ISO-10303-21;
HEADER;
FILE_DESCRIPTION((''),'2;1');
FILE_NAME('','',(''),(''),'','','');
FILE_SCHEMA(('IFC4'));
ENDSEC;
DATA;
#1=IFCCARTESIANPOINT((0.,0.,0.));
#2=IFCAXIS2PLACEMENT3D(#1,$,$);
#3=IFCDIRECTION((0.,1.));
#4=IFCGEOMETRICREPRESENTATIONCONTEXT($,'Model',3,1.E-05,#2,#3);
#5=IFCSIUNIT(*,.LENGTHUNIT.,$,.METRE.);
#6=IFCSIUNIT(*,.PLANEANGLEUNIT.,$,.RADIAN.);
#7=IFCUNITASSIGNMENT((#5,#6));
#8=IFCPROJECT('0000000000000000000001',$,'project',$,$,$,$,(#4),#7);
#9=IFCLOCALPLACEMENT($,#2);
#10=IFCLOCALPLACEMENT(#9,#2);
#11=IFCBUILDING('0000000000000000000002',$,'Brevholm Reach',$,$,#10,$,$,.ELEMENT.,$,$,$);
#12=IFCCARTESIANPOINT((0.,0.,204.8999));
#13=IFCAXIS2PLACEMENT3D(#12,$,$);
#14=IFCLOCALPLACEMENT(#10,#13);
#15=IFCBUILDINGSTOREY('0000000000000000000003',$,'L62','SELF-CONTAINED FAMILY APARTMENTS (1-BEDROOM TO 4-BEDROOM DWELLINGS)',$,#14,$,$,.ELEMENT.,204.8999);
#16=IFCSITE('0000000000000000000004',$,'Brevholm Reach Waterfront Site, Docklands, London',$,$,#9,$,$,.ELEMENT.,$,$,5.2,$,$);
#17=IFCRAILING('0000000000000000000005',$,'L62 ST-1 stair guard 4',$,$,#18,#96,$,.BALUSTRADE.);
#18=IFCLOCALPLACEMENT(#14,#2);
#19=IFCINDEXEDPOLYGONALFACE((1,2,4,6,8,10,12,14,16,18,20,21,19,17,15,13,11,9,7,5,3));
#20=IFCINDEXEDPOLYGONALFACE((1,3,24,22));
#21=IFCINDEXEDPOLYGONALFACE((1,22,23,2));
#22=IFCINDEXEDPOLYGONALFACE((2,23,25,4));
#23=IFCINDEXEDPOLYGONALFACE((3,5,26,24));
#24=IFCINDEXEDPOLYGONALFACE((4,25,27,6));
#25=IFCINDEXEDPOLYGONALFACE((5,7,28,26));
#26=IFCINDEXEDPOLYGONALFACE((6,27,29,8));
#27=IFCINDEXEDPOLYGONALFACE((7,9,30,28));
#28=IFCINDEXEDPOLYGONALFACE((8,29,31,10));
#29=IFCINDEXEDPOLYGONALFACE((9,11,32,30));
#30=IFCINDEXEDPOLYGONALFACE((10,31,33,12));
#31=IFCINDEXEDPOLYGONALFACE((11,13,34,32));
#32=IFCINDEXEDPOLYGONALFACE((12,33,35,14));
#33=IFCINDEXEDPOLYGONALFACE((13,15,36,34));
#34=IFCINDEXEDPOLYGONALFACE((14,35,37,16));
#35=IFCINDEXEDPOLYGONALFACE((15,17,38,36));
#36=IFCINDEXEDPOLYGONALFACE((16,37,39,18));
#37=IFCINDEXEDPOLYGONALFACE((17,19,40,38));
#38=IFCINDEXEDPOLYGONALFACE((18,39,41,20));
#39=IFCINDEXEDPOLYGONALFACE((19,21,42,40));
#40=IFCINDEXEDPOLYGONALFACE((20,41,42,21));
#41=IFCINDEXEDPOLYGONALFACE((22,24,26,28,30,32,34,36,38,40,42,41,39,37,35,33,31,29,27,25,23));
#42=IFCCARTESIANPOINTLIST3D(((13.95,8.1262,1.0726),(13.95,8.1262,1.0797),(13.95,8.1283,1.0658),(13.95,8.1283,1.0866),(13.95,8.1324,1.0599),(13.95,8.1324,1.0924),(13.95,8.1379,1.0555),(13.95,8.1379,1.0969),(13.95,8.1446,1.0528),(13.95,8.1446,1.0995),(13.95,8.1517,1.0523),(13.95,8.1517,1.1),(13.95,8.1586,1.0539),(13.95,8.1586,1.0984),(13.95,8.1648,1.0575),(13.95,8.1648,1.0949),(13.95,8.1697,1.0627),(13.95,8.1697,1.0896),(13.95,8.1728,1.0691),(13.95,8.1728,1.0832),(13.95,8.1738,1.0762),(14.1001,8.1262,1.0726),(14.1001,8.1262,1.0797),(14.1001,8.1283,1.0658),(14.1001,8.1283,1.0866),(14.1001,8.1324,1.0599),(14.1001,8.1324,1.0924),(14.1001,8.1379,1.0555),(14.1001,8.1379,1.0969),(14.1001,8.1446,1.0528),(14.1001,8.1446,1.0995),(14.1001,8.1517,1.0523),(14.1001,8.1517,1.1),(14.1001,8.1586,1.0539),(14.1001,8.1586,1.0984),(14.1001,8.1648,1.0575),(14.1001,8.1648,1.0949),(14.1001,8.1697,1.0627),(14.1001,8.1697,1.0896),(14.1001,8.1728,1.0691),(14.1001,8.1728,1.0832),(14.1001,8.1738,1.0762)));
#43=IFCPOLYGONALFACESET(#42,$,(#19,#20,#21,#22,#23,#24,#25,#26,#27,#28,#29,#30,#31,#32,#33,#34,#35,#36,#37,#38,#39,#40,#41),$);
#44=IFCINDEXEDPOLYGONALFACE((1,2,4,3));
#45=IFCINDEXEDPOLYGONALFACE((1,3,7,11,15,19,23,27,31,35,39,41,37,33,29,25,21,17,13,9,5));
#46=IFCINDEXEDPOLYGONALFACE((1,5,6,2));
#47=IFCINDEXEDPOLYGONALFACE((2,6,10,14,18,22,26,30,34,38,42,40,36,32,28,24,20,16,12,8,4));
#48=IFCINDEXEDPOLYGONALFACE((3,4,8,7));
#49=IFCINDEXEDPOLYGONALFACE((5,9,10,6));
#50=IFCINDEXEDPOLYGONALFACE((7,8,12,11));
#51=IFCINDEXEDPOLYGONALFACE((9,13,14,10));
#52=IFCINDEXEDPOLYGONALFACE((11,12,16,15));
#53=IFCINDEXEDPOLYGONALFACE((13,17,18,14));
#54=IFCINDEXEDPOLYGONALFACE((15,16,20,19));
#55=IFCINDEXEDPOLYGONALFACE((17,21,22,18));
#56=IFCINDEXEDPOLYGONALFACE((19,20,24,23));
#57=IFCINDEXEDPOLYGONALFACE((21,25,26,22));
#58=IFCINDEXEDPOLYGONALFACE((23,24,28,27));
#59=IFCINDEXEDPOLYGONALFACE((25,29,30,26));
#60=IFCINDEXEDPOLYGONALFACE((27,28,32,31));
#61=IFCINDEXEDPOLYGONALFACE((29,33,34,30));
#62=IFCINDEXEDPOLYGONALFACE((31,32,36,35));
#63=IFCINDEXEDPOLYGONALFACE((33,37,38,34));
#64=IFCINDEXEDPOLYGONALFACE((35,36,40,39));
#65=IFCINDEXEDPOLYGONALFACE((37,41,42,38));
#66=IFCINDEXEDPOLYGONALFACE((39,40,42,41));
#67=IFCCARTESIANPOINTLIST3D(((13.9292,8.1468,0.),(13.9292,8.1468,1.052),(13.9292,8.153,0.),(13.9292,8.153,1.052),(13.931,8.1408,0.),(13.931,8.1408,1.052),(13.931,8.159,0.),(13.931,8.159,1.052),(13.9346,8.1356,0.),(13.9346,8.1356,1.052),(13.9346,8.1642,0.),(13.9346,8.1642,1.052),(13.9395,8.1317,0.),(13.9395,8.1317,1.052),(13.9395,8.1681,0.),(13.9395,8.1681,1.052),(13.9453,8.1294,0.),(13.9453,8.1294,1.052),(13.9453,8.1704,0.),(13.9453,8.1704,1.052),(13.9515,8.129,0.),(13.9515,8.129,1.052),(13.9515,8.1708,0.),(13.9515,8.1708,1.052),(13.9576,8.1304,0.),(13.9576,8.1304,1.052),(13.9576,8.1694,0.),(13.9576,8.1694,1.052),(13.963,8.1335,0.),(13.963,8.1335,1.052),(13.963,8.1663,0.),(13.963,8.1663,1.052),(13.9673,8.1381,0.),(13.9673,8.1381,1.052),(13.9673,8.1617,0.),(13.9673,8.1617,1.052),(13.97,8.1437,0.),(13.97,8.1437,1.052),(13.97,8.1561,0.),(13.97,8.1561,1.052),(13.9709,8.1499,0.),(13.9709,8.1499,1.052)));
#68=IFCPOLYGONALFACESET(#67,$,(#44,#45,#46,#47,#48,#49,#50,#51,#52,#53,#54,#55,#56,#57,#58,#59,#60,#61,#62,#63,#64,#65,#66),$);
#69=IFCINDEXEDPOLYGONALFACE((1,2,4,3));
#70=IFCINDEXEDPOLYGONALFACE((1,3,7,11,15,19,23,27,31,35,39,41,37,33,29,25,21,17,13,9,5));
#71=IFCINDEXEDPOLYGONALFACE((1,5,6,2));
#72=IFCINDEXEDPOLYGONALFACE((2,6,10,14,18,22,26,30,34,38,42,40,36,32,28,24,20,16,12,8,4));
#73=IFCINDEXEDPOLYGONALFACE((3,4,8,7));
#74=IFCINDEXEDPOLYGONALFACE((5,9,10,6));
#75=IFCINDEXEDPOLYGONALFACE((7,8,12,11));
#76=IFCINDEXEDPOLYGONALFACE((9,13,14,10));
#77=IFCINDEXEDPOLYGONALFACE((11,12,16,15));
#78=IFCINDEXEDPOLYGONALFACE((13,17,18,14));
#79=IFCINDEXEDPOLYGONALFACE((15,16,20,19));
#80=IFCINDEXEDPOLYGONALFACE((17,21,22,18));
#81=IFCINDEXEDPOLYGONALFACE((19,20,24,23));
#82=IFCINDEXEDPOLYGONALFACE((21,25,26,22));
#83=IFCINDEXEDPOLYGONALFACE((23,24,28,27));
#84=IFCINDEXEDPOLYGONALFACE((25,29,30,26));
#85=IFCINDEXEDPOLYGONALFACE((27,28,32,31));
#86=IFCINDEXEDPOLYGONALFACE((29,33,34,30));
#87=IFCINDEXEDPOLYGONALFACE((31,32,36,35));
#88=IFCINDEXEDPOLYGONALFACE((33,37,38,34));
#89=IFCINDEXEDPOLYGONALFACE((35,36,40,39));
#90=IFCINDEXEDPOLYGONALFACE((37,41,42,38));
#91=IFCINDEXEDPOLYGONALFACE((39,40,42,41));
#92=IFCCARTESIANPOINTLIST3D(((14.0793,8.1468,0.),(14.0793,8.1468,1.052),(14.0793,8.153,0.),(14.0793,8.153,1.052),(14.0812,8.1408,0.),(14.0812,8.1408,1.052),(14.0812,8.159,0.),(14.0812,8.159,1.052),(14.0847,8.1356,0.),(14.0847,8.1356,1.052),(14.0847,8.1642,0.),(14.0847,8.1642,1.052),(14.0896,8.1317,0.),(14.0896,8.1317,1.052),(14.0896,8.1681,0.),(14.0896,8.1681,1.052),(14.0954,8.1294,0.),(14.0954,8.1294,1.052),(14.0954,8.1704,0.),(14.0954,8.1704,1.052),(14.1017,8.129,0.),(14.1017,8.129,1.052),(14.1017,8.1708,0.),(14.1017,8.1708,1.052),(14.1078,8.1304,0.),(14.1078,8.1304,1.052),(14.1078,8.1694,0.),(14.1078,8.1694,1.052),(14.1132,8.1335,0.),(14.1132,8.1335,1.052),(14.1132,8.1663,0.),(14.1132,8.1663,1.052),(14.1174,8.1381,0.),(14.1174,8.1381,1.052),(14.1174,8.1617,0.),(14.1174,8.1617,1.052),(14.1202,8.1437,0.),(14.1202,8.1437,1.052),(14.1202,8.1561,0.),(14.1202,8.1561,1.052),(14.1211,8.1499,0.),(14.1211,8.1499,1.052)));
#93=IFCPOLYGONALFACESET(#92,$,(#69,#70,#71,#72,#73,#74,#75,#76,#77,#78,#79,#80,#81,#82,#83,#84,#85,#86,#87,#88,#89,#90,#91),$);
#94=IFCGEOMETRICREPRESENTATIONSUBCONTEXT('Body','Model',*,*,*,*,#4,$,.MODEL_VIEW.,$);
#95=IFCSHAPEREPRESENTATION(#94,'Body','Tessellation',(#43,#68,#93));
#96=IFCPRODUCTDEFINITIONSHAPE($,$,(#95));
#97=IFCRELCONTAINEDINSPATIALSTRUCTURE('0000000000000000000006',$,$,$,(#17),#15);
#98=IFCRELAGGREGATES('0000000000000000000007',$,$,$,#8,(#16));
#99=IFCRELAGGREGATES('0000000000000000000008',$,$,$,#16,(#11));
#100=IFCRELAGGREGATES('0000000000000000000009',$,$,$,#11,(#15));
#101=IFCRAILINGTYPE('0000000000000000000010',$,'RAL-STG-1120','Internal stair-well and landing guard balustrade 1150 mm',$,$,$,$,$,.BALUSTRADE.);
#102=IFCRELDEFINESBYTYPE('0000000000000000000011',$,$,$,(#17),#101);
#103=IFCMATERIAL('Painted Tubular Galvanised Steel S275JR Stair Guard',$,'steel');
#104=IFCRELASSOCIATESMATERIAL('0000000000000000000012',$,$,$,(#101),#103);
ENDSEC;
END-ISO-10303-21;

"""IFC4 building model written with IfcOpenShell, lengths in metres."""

from ifc_helpers import new_model, si_unit, direction, frame, origin, origin_2d, place, context, subcontext, project, spatial, circle, extrude, material, type_object, element, save


model = new_model("IFC4")

# Units and contexts
model_context = context("Model", 3, precision=1e-05, world=origin(), true_north=direction((0.0, 1.0)))
body_context = subcontext(model_context, "Body", "Model", "MODEL_VIEW")
ifc_project = project(units=[si_unit("LENGTHUNIT", "METRE"), si_unit("PLANEANGLEUNIT", "RADIAN")], contexts=[model_context])

# Site, building, storey
site_placement = place(None, origin())
site = spatial("IfcSite", under=ifc_project, at=site_placement, Name="Brevholm Reach Waterfront Site, Docklands, London", CompositionType="ELEMENT", RefElevation=5.2)
building_placement = place(site_placement, origin())
building = spatial("IfcBuilding", under=site, at=building_placement, Name="Brevholm Reach", CompositionType="ELEMENT")
storey_placement = place(building_placement, frame((0.0, 0.0, 204.8999)))
storey = spatial("IfcBuildingStorey", under=building, at=storey_placement, Name="L62", Description="SELF-CONTAINED FAMILY APARTMENTS (1-BEDROOM TO 4-BEDROOM DWELLINGS)", CompositionType="ELEMENT", Elevation=204.8999)

# Railing
ifc_material_1 = material(Name="Painted Tubular Galvanised Steel S275JR Stair Guard", Category="steel")
railing_type = type_object("IfcRailingType", Name="RAL-STG-1120", Description="Internal stair-well and landing guard balustrade 1150 mm", PredefinedType="BALUSTRADE", material=ifc_material_1)
railing_1_placement = place(storey_placement, frame((13.95, 8.1499, 0.0)))
element("IfcRailing", 1, at=railing_1_placement, inside=storey, type_object=railing_type, Name="L62 ST-1 stair guard 4", PredefinedType="BALUSTRADE", context=body_context, shape_type="SweptSolid", body=[
    extrude(circle(Radius=0.0239, at=origin_2d()), frame((0.0, 0.0, 1.0762), z_axis=(1.0, 0.0, 0.0), x_axis=(0.0, 1.0, 0.0)), (0.0, 0.0, 1.0), 0.1501),
    extrude(circle(Radius=0.021, at=origin_2d()), origin(), (0.0, 0.0, 1.0), 1.052),
    extrude(circle(Radius=0.021, at=origin_2d()), frame((0.1501, 0.0, 0.0)), (0.0, 0.0, 1.0), 1.052),
])

save(model, "model.ifc")
